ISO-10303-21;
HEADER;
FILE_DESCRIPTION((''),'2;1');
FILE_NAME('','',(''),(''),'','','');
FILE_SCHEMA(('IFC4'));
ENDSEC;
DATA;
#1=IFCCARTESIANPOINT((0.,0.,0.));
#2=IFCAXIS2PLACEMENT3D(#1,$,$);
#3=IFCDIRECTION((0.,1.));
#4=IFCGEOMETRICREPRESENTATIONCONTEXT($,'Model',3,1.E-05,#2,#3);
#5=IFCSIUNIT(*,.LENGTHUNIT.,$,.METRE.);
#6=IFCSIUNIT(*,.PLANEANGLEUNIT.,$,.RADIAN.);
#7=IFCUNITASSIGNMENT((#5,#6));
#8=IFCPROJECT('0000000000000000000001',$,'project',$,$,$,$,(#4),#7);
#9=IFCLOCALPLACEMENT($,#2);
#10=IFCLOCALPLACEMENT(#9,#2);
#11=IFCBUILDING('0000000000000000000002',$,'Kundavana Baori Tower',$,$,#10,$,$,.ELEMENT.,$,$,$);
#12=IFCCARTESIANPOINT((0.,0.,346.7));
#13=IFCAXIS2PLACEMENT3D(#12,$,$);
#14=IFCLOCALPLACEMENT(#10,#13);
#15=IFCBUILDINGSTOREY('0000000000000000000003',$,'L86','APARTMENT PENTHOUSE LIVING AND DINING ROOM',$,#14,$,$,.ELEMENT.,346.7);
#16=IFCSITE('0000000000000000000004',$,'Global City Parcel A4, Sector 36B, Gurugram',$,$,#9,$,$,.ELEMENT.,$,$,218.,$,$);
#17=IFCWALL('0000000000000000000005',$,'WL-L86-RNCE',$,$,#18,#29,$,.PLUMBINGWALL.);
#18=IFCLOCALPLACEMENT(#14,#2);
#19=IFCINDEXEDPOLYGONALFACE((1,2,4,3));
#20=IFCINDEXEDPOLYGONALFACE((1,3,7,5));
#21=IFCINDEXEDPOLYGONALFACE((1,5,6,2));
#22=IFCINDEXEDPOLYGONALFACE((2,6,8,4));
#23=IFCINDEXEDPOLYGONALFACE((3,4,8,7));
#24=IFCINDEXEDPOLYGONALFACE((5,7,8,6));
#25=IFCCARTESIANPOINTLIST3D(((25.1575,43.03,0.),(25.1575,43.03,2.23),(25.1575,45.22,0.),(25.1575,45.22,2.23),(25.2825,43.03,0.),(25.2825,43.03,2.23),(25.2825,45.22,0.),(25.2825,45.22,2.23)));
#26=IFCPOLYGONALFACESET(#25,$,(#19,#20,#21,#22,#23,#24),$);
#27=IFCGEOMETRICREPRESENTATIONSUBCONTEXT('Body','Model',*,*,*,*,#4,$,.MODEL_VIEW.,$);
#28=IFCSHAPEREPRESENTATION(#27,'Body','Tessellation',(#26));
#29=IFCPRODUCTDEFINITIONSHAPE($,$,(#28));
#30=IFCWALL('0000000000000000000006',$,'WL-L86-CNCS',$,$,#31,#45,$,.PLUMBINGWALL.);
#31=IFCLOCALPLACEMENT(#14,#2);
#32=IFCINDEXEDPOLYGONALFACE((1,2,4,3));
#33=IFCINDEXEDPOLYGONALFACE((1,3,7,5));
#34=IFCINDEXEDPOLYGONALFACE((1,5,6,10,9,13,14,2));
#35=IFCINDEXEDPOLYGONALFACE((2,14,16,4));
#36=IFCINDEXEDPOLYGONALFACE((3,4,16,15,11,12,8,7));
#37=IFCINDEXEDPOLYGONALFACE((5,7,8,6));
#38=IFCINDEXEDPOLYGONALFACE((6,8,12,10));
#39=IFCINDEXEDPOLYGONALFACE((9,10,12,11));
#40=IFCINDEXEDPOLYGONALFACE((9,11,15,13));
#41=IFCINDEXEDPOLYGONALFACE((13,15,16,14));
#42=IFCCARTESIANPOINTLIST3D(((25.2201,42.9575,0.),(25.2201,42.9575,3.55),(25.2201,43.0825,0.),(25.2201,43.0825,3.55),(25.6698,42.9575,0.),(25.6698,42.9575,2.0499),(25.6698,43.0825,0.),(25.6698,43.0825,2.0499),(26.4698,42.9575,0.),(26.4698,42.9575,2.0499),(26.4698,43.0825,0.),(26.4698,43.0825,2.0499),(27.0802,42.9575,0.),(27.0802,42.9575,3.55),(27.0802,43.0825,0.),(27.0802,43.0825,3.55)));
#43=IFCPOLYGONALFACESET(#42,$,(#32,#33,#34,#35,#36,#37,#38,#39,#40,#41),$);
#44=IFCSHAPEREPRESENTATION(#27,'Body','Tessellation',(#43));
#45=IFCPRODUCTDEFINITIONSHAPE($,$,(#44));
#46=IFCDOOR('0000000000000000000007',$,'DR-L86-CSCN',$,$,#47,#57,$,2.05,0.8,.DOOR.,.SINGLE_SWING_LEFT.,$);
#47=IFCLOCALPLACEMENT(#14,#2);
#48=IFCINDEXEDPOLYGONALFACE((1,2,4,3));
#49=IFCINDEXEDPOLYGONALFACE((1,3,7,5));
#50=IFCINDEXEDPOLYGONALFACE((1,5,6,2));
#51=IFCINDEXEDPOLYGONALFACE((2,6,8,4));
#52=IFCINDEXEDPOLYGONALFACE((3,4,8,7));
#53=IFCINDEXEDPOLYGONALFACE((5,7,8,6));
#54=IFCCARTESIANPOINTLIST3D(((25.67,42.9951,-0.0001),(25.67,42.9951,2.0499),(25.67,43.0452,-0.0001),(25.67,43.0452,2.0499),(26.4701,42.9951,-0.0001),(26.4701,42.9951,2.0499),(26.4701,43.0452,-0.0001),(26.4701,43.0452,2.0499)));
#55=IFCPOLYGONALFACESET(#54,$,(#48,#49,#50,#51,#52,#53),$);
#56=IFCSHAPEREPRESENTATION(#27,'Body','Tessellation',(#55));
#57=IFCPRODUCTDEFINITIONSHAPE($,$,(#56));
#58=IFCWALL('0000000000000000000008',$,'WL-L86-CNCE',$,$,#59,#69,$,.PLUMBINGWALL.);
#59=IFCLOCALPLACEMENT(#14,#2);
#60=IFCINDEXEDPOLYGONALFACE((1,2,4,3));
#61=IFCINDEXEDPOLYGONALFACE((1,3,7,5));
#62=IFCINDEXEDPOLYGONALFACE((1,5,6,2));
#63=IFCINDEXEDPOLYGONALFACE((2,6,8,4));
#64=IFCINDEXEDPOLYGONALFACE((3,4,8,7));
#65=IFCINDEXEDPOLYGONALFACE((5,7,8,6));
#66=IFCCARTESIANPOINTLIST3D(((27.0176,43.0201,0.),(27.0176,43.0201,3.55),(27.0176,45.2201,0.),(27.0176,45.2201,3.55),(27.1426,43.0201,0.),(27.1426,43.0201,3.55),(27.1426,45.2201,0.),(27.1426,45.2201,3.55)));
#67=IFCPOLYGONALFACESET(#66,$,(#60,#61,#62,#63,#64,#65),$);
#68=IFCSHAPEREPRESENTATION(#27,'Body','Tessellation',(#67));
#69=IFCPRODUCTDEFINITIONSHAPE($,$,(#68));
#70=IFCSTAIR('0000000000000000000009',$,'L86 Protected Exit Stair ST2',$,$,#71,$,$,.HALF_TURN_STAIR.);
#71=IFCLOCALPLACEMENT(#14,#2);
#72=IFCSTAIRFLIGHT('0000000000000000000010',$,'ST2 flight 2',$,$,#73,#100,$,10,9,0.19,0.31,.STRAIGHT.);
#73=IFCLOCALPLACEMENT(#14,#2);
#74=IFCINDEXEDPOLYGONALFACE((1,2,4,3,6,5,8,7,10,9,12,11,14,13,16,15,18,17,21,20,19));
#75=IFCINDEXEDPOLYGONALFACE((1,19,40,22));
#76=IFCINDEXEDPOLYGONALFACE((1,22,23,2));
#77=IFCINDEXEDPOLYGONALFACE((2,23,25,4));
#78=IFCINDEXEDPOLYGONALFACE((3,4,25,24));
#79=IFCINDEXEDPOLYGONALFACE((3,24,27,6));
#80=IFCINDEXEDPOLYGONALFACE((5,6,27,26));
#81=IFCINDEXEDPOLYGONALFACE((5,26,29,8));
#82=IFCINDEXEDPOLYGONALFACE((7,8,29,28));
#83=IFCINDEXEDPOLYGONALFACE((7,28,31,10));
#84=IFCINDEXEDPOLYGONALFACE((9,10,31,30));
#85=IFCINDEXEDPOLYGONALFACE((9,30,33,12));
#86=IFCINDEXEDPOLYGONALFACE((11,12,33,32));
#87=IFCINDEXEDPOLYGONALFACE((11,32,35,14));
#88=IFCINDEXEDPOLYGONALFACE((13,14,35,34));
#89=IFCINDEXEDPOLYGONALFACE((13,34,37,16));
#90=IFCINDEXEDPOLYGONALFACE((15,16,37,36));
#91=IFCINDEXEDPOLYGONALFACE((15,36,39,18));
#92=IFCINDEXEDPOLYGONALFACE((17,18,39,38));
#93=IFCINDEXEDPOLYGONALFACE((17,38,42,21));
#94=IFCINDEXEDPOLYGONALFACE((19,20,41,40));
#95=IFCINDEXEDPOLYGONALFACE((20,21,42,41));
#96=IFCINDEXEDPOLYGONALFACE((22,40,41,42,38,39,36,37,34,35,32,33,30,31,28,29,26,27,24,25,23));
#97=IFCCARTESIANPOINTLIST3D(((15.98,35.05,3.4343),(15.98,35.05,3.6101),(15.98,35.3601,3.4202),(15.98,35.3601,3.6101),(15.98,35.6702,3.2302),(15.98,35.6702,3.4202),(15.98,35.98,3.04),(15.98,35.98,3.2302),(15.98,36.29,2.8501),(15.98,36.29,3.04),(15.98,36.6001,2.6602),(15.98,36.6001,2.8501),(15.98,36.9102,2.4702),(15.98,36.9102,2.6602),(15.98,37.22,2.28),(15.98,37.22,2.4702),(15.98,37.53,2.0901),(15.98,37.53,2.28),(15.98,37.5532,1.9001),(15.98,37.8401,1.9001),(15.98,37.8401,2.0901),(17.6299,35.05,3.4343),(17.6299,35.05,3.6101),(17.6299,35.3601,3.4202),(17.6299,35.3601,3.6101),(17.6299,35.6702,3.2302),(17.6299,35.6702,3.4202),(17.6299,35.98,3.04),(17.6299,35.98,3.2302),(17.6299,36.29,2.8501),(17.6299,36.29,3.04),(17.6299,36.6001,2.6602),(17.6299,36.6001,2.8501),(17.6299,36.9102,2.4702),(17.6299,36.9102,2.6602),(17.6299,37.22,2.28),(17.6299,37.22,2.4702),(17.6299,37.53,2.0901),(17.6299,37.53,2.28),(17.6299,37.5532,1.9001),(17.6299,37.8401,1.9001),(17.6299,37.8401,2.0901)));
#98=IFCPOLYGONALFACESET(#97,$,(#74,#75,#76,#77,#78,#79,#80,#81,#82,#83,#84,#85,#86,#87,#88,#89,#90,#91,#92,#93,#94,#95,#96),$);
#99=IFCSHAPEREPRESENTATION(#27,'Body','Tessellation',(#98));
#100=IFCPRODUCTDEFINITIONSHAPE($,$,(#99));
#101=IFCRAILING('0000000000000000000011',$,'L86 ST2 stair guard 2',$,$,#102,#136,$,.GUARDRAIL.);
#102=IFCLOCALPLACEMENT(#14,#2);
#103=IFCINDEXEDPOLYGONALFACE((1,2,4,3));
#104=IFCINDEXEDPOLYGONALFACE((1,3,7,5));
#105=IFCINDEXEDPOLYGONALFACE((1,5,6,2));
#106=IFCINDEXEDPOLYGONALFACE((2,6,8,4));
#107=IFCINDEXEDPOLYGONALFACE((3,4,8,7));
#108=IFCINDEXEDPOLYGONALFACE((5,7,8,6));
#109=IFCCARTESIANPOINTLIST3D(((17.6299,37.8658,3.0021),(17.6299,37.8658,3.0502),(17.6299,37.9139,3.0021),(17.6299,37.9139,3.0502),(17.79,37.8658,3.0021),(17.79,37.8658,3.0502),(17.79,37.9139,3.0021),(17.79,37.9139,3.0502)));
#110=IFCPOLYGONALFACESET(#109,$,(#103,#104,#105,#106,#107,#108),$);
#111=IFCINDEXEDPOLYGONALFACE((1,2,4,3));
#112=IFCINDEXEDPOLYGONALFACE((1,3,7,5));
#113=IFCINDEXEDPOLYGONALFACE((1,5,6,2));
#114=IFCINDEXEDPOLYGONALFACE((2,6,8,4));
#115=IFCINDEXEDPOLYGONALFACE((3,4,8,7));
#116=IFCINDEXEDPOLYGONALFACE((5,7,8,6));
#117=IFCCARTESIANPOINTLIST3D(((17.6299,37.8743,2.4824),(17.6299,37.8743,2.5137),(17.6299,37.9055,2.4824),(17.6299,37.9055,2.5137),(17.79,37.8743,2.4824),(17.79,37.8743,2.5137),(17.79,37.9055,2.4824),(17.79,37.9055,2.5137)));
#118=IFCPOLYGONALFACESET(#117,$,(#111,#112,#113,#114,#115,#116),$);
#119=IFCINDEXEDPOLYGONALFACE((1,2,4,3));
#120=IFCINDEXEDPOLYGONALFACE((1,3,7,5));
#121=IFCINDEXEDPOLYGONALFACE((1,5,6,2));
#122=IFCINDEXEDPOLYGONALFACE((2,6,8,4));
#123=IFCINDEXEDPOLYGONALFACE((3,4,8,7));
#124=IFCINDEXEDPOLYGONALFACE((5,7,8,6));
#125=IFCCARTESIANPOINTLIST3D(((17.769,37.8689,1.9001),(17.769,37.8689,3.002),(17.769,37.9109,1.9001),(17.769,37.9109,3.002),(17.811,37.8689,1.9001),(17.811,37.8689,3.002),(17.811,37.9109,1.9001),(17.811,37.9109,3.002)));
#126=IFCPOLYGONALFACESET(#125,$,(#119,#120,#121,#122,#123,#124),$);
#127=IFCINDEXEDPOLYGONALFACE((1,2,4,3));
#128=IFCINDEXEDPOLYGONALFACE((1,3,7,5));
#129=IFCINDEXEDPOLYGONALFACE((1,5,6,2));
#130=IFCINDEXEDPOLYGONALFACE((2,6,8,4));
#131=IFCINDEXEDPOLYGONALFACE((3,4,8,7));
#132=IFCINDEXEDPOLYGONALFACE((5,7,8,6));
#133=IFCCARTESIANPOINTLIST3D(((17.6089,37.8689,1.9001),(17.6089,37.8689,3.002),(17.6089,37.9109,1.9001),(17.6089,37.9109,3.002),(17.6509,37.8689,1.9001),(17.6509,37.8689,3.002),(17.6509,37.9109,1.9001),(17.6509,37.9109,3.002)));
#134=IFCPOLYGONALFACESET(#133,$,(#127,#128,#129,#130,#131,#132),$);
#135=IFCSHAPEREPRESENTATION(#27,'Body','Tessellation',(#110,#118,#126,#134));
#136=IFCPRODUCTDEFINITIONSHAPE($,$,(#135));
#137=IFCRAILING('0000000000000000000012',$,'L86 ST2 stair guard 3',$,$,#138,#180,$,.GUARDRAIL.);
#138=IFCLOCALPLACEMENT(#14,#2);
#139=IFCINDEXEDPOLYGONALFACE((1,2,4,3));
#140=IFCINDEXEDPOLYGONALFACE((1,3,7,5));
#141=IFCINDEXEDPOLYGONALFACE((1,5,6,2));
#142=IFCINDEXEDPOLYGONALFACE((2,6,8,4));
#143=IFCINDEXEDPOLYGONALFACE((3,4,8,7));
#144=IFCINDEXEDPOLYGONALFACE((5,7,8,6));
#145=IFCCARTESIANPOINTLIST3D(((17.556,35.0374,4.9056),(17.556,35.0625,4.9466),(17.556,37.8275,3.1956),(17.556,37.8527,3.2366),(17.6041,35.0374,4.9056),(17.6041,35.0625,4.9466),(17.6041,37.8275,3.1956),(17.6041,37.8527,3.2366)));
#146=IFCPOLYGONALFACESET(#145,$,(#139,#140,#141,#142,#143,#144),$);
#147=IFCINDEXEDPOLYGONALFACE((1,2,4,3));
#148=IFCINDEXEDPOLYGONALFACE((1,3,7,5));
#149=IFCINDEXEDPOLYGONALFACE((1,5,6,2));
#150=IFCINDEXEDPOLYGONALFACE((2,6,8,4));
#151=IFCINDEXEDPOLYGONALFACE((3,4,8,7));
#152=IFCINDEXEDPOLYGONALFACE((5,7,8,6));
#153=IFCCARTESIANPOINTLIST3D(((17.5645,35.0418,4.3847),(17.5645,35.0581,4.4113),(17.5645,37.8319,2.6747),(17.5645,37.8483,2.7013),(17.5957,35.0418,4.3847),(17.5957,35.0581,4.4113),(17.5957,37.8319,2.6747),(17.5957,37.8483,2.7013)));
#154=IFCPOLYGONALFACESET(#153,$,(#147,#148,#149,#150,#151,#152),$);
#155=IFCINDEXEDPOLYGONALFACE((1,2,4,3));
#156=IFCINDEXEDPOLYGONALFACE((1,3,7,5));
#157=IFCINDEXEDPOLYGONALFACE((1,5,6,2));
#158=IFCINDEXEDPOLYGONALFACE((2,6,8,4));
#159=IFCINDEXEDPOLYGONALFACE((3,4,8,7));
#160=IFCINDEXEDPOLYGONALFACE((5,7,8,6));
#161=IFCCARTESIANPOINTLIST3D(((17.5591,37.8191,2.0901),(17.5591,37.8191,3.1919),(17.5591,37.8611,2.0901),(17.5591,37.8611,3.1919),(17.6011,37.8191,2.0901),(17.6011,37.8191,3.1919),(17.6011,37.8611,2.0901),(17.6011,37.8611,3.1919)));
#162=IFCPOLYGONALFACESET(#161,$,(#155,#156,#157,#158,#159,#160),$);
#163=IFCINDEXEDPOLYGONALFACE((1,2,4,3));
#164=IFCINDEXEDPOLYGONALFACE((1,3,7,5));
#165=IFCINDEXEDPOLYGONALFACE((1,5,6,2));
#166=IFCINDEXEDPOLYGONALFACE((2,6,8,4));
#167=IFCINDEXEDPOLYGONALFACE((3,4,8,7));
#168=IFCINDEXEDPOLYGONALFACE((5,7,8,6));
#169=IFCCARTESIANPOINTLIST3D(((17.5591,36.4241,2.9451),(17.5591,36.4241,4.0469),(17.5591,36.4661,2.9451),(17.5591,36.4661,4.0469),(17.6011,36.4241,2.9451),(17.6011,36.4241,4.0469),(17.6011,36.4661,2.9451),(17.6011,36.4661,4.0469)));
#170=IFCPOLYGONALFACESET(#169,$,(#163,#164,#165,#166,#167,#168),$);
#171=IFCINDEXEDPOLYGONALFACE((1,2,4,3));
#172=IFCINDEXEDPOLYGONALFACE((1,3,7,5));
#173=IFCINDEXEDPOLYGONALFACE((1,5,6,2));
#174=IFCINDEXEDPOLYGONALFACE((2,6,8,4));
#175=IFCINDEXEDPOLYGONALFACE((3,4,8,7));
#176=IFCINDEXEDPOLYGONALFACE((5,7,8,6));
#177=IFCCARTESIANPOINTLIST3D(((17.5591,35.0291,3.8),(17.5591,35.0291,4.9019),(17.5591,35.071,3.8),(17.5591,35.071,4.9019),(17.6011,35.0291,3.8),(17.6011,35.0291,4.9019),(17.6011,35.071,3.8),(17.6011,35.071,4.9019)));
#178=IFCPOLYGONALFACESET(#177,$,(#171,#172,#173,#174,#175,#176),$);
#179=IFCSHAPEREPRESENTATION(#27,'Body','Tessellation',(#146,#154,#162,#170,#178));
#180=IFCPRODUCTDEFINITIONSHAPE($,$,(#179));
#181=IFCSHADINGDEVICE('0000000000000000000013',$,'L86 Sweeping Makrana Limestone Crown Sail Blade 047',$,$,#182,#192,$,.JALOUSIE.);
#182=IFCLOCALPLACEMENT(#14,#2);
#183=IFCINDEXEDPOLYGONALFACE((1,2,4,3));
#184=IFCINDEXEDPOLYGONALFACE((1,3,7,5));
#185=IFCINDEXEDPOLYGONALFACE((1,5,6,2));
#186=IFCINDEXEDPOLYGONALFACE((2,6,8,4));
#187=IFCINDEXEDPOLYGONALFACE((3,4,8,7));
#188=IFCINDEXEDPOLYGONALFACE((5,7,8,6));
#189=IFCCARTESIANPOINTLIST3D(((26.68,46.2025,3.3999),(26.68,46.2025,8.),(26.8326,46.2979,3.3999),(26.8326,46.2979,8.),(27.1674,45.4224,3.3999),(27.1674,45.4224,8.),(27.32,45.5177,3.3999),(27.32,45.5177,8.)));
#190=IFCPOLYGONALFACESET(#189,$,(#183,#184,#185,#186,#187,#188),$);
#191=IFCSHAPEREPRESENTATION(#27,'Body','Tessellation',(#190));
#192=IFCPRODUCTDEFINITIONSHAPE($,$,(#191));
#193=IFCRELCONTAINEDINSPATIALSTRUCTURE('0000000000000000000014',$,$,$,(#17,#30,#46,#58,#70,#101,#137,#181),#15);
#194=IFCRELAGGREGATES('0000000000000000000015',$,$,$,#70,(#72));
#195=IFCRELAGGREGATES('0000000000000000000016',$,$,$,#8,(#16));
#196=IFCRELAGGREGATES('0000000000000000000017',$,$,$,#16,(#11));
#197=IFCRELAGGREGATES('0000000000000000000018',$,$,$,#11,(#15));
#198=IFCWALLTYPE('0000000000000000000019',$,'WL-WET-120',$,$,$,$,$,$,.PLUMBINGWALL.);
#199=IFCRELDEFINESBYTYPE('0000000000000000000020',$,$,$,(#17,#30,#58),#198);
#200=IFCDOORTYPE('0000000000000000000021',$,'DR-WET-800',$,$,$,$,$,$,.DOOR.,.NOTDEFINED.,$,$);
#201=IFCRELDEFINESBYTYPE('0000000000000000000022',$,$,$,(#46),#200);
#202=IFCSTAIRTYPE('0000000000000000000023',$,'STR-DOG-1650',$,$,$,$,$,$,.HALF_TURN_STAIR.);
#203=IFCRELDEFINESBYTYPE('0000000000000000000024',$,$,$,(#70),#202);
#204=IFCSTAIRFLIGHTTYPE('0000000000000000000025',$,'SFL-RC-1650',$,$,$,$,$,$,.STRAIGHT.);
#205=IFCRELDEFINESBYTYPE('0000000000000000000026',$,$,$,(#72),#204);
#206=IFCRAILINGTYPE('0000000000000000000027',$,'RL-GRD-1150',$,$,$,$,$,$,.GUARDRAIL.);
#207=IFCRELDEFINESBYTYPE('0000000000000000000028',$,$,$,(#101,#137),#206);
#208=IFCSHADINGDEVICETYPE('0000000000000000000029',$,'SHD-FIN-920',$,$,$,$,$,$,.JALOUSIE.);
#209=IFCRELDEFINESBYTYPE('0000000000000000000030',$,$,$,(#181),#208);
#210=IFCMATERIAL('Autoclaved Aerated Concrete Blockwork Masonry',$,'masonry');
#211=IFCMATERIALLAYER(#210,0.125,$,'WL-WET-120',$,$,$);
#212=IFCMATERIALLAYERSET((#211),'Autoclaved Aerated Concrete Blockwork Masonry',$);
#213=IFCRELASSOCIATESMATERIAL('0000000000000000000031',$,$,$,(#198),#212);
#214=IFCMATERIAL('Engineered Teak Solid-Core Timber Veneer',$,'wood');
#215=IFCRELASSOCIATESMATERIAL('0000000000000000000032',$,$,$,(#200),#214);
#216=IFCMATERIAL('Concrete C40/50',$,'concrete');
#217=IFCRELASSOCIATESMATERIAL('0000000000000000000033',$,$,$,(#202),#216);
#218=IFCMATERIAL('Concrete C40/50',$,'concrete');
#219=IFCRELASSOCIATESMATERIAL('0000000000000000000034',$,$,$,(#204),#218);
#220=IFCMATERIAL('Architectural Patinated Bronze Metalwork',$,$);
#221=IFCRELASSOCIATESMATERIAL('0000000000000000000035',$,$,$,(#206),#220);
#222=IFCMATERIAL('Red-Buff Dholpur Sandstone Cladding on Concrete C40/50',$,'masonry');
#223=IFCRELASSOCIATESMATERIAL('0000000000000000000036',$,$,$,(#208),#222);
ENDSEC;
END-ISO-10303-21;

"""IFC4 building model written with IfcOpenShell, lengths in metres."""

from ifc_helpers import new_model, si_unit, direction, frame, frame_2d, origin, origin_2d, place, context, subcontext, project, spatial, polyline, rectangle, outline, extrude, material, layer, layer_set, type_object, element, fill, aggregate, save


model = new_model("IFC4")

# Units and contexts
model_context = context("Model", 3, precision=1e-05, world=origin(), true_north=direction((0.0, 1.0)))
body_context = subcontext(model_context, "Body", "Model", "MODEL_VIEW")
ifc_project = project(units=[si_unit("LENGTHUNIT", "METRE"), si_unit("PLANEANGLEUNIT", "RADIAN")], contexts=[model_context])

# Site, building, storey
site_placement = place(None, origin())
site = spatial("IfcSite", under=ifc_project, at=site_placement, Name="Global City Parcel A4, Sector 36B, Gurugram", CompositionType="ELEMENT", RefElevation=218.0)
building_placement = place(site_placement, origin())
building = spatial("IfcBuilding", under=site, at=building_placement, Name="Kundavana Baori Tower", CompositionType="ELEMENT")
storey_placement = place(building_placement, frame((0.0, 0.0, 346.7)))
storey = spatial("IfcBuildingStorey", under=building, at=storey_placement, Name="L86", Description="APARTMENT PENTHOUSE LIVING AND DINING ROOM", CompositionType="ELEMENT", Elevation=346.7)

# Wall
ifc_material_1 = material(Name="Autoclaved Aerated Concrete Blockwork Masonry", Category="masonry")
ifc_layer_1 = layer(ifc_material_1, 0.125, Name="WL-WET-120")
ifc_layer_set_1 = layer_set([ifc_layer_1], Name="Autoclaved Aerated Concrete Blockwork Masonry")
wall_type_1 = type_object("IfcWallType", Name="WL-WET-120", PredefinedType="PLUMBINGWALL", material=ifc_layer_set_1)
wall_1_placement = place(storey_placement, frame((25.22, 43.03, 0.0), z_axis=(0.0, 0.0, 1.0), x_axis=(0.0, 1.0, 0.0)))
element("IfcWall", 1, at=wall_1_placement, inside=storey, type_object=wall_type_1, Name="WL-L86-RNCE", PredefinedType="PLUMBINGWALL", context=body_context, shape_type="SweptSolid", body=[
    extrude(rectangle(XDim=2.1899, YDim=0.125, at=frame_2d((1.095, 0.0))), origin(), (0.0, 0.0, 1.0), 2.23),
])

# Wall, opening, door
wall_2_placement = place(storey_placement, frame((25.22, 43.02, 0.0), z_axis=(0.0, 0.0, 1.0), x_axis=(1.0, 0.0, 0.0)))
wall_2 = element("IfcWall", 2, at=wall_2_placement, inside=storey, type_object=wall_type_1, Name="WL-L86-CNCS", PredefinedType="PLUMBINGWALL", context=body_context, shape_type="SweptSolid", body=[
    extrude(rectangle(XDim=1.8601, YDim=0.125, at=frame_2d((0.9302, 0.0))), origin(), (0.0, 0.0, 1.0), 3.55),
])
opening_1_placement = place(wall_2_placement, frame((0.45, 0.0, 0.0)))
opening_1 = element("IfcOpeningElement", 3, at=opening_1_placement, cuts=wall_2, PredefinedType="OPENING", context=body_context, shape_type="SweptSolid", body=[
    extrude(rectangle(XDim=0.8, YDim=2.05, at=frame_2d((0.3999, 1.0249))), frame((0.0, 0.0725, 0.0), z_axis=(0.0, -1.0, 0.0), x_axis=(1.0, 0.0, 0.0)), (0.0, 0.0, 1.0), 0.145),
])
ifc_material_2 = material(Name="Engineered Teak Solid-Core Timber Veneer", Category="wood")
door_type_1 = type_object("IfcDoorType", Name="DR-WET-800", OperationType="NOTDEFINED", PredefinedType="DOOR", material=ifc_material_2)
door_1_placement = place(opening_1_placement, frame((0.8, 0.0, 0.0), z_axis=(0.0, 0.0, 1.0), x_axis=(-1.0, 0.0, 0.0)))
door_1 = element("IfcDoor", 4, at=door_1_placement, inside=storey, type_object=door_type_1, Name="DR-L86-CSCN", OperationType="SINGLE_SWING_LEFT", OverallHeight=2.05, OverallWidth=0.8, PredefinedType="DOOR", context=body_context, shape_type="SweptSolid", body=[
    extrude(rectangle(XDim=0.8, YDim=2.05, at=frame_2d((0.3999, 1.0249))), frame((0.0, 0.0249, 0.0), z_axis=(0.0, -1.0, 0.0), x_axis=(1.0, 0.0, 0.0)), (0.0, 0.0, 1.0), 0.05),
])
fill(opening_1, door_1)

# Wall
wall_3_placement = place(storey_placement, frame((27.0801, 43.02, 0.0), z_axis=(0.0, 0.0, 1.0), x_axis=(0.0, 1.0, 0.0)))
element("IfcWall", 5, at=wall_3_placement, inside=storey, type_object=wall_type_1, Name="WL-L86-CNCE", PredefinedType="PLUMBINGWALL", context=body_context, shape_type="SweptSolid", body=[
    extrude(rectangle(XDim=2.2, YDim=0.125, at=frame_2d((1.1001, 0.0))), origin(), (0.0, 0.0, 1.0), 3.55),
])

# Stair, stair flight
ifc_material_3 = material(Name="Concrete C40/50", Category="concrete")
stair_type = type_object("IfcStairType", Name="STR-DOG-1650", PredefinedType="HALF_TURN_STAIR", material=ifc_material_3)
stair_placement = place(storey_placement, origin())
stair = element("IfcStair", 6, at=stair_placement, inside=storey, type_object=stair_type, Name="L86 Protected Exit Stair ST2", PredefinedType="HALF_TURN_STAIR")
ifc_material_4 = material(Name="Concrete C40/50", Category="concrete")
stair_flight_type = type_object("IfcStairFlightType", Name="SFL-RC-1650", PredefinedType="STRAIGHT", material=ifc_material_4)
stair_flight_placement = place(storey_placement, frame((16.8049, 37.8401, 1.9001), z_axis=(0.0, 0.0, 1.0), x_axis=(0.0, -1.0, 0.0)))
stair_flight = element("IfcStairFlight", 7, at=stair_flight_placement, type_object=stair_flight_type, Name="ST2 flight 2", NumberOfRisers=10, NumberOfTreads=9, PredefinedType="STRAIGHT", RiserHeight=0.19, TreadLength=0.31, context=body_context, shape_type="SweptSolid", body=[
    extrude(outline(polyline([(0.0, 0.0), (0.0, 0.1899), (0.3101, 0.1899), (0.3101, 0.3799), (0.6201, 0.3799), (0.6201, 0.5701), (0.9299, 0.5701), (0.9299, 0.76), (1.24, 0.76), (1.24, 0.95), (1.55, 0.95), (1.55, 1.1399), (1.8601, 1.1399), (1.8601, 1.3301), (2.1699, 1.3301), (2.1699, 1.52), (2.48, 1.52), (2.48, 1.71), (2.79, 1.71), (2.79, 1.8999), (2.79, 1.5342), (0.2869, 0.0), (0.0, 0.0)])), frame((0.0, 0.825, 0.0), z_axis=(0.0, -1.0, 0.0), x_axis=(1.0, 0.0, 0.0)), (0.0, 0.0, 1.0), 1.6499),
])
aggregate(stair, [stair_flight])

# Railings
ifc_material_5 = material(Name="Architectural Patinated Bronze Metalwork")
railing_type = type_object("IfcRailingType", Name="RL-GRD-1150", PredefinedType="GUARDRAIL", material=ifc_material_5)
railing_1_placement = place(storey_placement, frame((17.79, 37.8899, 1.9001)))
element("IfcRailing", 8, at=railing_1_placement, inside=storey, type_object=railing_type, Name="L86 ST2 stair guard 2", PredefinedType="GUARDRAIL", context=body_context, shape_type="SweptSolid", body=[
    extrude(rectangle(XDim=0.0481, YDim=0.0481, at=origin_2d()), frame((0.0, 0.0, 1.126), z_axis=(-1.0, 0.0, 0.0), x_axis=(0.0, -1.0, 0.0)), (0.0, 0.0, 1.0), 0.1602),
    extrude(rectangle(XDim=0.0312, YDim=0.0312, at=origin_2d()), frame((0.0, 0.0, 0.5979), z_axis=(-1.0, 0.0, 0.0), x_axis=(0.0, -1.0, 0.0)), (0.0, 0.0, 1.0), 0.1602),
    extrude(rectangle(XDim=0.042, YDim=0.042, at=origin_2d()), origin(), (0.0, 0.0, 1.0), 1.1018),
    extrude(rectangle(XDim=0.042, YDim=0.042, at=origin_2d()), frame((-0.1602, 0.0, 0.0)), (0.0, 0.0, 1.0), 1.1018),
])
railing_2_placement = place(storey_placement, frame((17.5801, 37.8401, 2.0901)))
element("IfcRailing", 9, at=railing_2_placement, inside=storey, type_object=railing_type, Name="L86 ST2 stair guard 3", PredefinedType="GUARDRAIL", context=body_context, shape_type="SweptSolid", body=[
    extrude(rectangle(XDim=0.0481, YDim=0.0481, at=origin_2d()), frame((0.0, 0.0, 1.126), z_axis=(0.0, -0.85261, 0.522548), x_axis=(1.0, 0.0, 0.0)), (0.0, 0.0, 1.0), 3.2725),
    extrude(rectangle(XDim=0.0312, YDim=0.0312, at=origin_2d()), frame((0.0, 0.0, 0.5979), z_axis=(0.0, -0.85261, 0.522548), x_axis=(1.0, 0.0, 0.0)), (0.0, 0.0, 1.0), 3.2725),
    extrude(rectangle(XDim=0.042, YDim=0.042, at=origin_2d()), origin(), (0.0, 0.0, 1.0), 1.1018),
    extrude(rectangle(XDim=0.042, YDim=0.042, at=origin_2d()), frame((0.0, -1.395, 0.855)), (0.0, 0.0, 1.0), 1.1018),
    extrude(rectangle(XDim=0.042, YDim=0.042, at=origin_2d()), frame((0.0, -2.79, 1.71)), (0.0, 0.0, 1.0), 1.1018),
])

# Shading device
ifc_material_6 = material(Name="Red-Buff Dholpur Sandstone Cladding on Concrete C40/50", Category="masonry")
shading_device_type = type_object("IfcShadingDeviceType", Name="SHD-FIN-920", PredefinedType="JALOUSIE", material=ifc_material_6)
for number, where, z_axis, x_axis, name in (
    (10, (27.0, 45.8601, 3.3999), (0.0, 0.0, 1.0), (0.848048, 0.529919, 0.0), "L86 Sweeping Makrana Limestone Crown Sail Blade 047"),
):
    element("IfcShadingDevice", number, at=place(storey_placement, frame(where, z_axis=z_axis, x_axis=x_axis)), inside=storey, type_object=shading_device_type, Name=name, PredefinedType="JALOUSIE", context=body_context, shape_type="SweptSolid", body=[
        extrude(rectangle(XDim=0.1799, YDim=0.9199, at=origin_2d()), origin(), (0.0, 0.0, 1.0), 4.6001),
    ])

save(model, "model.ifc")
